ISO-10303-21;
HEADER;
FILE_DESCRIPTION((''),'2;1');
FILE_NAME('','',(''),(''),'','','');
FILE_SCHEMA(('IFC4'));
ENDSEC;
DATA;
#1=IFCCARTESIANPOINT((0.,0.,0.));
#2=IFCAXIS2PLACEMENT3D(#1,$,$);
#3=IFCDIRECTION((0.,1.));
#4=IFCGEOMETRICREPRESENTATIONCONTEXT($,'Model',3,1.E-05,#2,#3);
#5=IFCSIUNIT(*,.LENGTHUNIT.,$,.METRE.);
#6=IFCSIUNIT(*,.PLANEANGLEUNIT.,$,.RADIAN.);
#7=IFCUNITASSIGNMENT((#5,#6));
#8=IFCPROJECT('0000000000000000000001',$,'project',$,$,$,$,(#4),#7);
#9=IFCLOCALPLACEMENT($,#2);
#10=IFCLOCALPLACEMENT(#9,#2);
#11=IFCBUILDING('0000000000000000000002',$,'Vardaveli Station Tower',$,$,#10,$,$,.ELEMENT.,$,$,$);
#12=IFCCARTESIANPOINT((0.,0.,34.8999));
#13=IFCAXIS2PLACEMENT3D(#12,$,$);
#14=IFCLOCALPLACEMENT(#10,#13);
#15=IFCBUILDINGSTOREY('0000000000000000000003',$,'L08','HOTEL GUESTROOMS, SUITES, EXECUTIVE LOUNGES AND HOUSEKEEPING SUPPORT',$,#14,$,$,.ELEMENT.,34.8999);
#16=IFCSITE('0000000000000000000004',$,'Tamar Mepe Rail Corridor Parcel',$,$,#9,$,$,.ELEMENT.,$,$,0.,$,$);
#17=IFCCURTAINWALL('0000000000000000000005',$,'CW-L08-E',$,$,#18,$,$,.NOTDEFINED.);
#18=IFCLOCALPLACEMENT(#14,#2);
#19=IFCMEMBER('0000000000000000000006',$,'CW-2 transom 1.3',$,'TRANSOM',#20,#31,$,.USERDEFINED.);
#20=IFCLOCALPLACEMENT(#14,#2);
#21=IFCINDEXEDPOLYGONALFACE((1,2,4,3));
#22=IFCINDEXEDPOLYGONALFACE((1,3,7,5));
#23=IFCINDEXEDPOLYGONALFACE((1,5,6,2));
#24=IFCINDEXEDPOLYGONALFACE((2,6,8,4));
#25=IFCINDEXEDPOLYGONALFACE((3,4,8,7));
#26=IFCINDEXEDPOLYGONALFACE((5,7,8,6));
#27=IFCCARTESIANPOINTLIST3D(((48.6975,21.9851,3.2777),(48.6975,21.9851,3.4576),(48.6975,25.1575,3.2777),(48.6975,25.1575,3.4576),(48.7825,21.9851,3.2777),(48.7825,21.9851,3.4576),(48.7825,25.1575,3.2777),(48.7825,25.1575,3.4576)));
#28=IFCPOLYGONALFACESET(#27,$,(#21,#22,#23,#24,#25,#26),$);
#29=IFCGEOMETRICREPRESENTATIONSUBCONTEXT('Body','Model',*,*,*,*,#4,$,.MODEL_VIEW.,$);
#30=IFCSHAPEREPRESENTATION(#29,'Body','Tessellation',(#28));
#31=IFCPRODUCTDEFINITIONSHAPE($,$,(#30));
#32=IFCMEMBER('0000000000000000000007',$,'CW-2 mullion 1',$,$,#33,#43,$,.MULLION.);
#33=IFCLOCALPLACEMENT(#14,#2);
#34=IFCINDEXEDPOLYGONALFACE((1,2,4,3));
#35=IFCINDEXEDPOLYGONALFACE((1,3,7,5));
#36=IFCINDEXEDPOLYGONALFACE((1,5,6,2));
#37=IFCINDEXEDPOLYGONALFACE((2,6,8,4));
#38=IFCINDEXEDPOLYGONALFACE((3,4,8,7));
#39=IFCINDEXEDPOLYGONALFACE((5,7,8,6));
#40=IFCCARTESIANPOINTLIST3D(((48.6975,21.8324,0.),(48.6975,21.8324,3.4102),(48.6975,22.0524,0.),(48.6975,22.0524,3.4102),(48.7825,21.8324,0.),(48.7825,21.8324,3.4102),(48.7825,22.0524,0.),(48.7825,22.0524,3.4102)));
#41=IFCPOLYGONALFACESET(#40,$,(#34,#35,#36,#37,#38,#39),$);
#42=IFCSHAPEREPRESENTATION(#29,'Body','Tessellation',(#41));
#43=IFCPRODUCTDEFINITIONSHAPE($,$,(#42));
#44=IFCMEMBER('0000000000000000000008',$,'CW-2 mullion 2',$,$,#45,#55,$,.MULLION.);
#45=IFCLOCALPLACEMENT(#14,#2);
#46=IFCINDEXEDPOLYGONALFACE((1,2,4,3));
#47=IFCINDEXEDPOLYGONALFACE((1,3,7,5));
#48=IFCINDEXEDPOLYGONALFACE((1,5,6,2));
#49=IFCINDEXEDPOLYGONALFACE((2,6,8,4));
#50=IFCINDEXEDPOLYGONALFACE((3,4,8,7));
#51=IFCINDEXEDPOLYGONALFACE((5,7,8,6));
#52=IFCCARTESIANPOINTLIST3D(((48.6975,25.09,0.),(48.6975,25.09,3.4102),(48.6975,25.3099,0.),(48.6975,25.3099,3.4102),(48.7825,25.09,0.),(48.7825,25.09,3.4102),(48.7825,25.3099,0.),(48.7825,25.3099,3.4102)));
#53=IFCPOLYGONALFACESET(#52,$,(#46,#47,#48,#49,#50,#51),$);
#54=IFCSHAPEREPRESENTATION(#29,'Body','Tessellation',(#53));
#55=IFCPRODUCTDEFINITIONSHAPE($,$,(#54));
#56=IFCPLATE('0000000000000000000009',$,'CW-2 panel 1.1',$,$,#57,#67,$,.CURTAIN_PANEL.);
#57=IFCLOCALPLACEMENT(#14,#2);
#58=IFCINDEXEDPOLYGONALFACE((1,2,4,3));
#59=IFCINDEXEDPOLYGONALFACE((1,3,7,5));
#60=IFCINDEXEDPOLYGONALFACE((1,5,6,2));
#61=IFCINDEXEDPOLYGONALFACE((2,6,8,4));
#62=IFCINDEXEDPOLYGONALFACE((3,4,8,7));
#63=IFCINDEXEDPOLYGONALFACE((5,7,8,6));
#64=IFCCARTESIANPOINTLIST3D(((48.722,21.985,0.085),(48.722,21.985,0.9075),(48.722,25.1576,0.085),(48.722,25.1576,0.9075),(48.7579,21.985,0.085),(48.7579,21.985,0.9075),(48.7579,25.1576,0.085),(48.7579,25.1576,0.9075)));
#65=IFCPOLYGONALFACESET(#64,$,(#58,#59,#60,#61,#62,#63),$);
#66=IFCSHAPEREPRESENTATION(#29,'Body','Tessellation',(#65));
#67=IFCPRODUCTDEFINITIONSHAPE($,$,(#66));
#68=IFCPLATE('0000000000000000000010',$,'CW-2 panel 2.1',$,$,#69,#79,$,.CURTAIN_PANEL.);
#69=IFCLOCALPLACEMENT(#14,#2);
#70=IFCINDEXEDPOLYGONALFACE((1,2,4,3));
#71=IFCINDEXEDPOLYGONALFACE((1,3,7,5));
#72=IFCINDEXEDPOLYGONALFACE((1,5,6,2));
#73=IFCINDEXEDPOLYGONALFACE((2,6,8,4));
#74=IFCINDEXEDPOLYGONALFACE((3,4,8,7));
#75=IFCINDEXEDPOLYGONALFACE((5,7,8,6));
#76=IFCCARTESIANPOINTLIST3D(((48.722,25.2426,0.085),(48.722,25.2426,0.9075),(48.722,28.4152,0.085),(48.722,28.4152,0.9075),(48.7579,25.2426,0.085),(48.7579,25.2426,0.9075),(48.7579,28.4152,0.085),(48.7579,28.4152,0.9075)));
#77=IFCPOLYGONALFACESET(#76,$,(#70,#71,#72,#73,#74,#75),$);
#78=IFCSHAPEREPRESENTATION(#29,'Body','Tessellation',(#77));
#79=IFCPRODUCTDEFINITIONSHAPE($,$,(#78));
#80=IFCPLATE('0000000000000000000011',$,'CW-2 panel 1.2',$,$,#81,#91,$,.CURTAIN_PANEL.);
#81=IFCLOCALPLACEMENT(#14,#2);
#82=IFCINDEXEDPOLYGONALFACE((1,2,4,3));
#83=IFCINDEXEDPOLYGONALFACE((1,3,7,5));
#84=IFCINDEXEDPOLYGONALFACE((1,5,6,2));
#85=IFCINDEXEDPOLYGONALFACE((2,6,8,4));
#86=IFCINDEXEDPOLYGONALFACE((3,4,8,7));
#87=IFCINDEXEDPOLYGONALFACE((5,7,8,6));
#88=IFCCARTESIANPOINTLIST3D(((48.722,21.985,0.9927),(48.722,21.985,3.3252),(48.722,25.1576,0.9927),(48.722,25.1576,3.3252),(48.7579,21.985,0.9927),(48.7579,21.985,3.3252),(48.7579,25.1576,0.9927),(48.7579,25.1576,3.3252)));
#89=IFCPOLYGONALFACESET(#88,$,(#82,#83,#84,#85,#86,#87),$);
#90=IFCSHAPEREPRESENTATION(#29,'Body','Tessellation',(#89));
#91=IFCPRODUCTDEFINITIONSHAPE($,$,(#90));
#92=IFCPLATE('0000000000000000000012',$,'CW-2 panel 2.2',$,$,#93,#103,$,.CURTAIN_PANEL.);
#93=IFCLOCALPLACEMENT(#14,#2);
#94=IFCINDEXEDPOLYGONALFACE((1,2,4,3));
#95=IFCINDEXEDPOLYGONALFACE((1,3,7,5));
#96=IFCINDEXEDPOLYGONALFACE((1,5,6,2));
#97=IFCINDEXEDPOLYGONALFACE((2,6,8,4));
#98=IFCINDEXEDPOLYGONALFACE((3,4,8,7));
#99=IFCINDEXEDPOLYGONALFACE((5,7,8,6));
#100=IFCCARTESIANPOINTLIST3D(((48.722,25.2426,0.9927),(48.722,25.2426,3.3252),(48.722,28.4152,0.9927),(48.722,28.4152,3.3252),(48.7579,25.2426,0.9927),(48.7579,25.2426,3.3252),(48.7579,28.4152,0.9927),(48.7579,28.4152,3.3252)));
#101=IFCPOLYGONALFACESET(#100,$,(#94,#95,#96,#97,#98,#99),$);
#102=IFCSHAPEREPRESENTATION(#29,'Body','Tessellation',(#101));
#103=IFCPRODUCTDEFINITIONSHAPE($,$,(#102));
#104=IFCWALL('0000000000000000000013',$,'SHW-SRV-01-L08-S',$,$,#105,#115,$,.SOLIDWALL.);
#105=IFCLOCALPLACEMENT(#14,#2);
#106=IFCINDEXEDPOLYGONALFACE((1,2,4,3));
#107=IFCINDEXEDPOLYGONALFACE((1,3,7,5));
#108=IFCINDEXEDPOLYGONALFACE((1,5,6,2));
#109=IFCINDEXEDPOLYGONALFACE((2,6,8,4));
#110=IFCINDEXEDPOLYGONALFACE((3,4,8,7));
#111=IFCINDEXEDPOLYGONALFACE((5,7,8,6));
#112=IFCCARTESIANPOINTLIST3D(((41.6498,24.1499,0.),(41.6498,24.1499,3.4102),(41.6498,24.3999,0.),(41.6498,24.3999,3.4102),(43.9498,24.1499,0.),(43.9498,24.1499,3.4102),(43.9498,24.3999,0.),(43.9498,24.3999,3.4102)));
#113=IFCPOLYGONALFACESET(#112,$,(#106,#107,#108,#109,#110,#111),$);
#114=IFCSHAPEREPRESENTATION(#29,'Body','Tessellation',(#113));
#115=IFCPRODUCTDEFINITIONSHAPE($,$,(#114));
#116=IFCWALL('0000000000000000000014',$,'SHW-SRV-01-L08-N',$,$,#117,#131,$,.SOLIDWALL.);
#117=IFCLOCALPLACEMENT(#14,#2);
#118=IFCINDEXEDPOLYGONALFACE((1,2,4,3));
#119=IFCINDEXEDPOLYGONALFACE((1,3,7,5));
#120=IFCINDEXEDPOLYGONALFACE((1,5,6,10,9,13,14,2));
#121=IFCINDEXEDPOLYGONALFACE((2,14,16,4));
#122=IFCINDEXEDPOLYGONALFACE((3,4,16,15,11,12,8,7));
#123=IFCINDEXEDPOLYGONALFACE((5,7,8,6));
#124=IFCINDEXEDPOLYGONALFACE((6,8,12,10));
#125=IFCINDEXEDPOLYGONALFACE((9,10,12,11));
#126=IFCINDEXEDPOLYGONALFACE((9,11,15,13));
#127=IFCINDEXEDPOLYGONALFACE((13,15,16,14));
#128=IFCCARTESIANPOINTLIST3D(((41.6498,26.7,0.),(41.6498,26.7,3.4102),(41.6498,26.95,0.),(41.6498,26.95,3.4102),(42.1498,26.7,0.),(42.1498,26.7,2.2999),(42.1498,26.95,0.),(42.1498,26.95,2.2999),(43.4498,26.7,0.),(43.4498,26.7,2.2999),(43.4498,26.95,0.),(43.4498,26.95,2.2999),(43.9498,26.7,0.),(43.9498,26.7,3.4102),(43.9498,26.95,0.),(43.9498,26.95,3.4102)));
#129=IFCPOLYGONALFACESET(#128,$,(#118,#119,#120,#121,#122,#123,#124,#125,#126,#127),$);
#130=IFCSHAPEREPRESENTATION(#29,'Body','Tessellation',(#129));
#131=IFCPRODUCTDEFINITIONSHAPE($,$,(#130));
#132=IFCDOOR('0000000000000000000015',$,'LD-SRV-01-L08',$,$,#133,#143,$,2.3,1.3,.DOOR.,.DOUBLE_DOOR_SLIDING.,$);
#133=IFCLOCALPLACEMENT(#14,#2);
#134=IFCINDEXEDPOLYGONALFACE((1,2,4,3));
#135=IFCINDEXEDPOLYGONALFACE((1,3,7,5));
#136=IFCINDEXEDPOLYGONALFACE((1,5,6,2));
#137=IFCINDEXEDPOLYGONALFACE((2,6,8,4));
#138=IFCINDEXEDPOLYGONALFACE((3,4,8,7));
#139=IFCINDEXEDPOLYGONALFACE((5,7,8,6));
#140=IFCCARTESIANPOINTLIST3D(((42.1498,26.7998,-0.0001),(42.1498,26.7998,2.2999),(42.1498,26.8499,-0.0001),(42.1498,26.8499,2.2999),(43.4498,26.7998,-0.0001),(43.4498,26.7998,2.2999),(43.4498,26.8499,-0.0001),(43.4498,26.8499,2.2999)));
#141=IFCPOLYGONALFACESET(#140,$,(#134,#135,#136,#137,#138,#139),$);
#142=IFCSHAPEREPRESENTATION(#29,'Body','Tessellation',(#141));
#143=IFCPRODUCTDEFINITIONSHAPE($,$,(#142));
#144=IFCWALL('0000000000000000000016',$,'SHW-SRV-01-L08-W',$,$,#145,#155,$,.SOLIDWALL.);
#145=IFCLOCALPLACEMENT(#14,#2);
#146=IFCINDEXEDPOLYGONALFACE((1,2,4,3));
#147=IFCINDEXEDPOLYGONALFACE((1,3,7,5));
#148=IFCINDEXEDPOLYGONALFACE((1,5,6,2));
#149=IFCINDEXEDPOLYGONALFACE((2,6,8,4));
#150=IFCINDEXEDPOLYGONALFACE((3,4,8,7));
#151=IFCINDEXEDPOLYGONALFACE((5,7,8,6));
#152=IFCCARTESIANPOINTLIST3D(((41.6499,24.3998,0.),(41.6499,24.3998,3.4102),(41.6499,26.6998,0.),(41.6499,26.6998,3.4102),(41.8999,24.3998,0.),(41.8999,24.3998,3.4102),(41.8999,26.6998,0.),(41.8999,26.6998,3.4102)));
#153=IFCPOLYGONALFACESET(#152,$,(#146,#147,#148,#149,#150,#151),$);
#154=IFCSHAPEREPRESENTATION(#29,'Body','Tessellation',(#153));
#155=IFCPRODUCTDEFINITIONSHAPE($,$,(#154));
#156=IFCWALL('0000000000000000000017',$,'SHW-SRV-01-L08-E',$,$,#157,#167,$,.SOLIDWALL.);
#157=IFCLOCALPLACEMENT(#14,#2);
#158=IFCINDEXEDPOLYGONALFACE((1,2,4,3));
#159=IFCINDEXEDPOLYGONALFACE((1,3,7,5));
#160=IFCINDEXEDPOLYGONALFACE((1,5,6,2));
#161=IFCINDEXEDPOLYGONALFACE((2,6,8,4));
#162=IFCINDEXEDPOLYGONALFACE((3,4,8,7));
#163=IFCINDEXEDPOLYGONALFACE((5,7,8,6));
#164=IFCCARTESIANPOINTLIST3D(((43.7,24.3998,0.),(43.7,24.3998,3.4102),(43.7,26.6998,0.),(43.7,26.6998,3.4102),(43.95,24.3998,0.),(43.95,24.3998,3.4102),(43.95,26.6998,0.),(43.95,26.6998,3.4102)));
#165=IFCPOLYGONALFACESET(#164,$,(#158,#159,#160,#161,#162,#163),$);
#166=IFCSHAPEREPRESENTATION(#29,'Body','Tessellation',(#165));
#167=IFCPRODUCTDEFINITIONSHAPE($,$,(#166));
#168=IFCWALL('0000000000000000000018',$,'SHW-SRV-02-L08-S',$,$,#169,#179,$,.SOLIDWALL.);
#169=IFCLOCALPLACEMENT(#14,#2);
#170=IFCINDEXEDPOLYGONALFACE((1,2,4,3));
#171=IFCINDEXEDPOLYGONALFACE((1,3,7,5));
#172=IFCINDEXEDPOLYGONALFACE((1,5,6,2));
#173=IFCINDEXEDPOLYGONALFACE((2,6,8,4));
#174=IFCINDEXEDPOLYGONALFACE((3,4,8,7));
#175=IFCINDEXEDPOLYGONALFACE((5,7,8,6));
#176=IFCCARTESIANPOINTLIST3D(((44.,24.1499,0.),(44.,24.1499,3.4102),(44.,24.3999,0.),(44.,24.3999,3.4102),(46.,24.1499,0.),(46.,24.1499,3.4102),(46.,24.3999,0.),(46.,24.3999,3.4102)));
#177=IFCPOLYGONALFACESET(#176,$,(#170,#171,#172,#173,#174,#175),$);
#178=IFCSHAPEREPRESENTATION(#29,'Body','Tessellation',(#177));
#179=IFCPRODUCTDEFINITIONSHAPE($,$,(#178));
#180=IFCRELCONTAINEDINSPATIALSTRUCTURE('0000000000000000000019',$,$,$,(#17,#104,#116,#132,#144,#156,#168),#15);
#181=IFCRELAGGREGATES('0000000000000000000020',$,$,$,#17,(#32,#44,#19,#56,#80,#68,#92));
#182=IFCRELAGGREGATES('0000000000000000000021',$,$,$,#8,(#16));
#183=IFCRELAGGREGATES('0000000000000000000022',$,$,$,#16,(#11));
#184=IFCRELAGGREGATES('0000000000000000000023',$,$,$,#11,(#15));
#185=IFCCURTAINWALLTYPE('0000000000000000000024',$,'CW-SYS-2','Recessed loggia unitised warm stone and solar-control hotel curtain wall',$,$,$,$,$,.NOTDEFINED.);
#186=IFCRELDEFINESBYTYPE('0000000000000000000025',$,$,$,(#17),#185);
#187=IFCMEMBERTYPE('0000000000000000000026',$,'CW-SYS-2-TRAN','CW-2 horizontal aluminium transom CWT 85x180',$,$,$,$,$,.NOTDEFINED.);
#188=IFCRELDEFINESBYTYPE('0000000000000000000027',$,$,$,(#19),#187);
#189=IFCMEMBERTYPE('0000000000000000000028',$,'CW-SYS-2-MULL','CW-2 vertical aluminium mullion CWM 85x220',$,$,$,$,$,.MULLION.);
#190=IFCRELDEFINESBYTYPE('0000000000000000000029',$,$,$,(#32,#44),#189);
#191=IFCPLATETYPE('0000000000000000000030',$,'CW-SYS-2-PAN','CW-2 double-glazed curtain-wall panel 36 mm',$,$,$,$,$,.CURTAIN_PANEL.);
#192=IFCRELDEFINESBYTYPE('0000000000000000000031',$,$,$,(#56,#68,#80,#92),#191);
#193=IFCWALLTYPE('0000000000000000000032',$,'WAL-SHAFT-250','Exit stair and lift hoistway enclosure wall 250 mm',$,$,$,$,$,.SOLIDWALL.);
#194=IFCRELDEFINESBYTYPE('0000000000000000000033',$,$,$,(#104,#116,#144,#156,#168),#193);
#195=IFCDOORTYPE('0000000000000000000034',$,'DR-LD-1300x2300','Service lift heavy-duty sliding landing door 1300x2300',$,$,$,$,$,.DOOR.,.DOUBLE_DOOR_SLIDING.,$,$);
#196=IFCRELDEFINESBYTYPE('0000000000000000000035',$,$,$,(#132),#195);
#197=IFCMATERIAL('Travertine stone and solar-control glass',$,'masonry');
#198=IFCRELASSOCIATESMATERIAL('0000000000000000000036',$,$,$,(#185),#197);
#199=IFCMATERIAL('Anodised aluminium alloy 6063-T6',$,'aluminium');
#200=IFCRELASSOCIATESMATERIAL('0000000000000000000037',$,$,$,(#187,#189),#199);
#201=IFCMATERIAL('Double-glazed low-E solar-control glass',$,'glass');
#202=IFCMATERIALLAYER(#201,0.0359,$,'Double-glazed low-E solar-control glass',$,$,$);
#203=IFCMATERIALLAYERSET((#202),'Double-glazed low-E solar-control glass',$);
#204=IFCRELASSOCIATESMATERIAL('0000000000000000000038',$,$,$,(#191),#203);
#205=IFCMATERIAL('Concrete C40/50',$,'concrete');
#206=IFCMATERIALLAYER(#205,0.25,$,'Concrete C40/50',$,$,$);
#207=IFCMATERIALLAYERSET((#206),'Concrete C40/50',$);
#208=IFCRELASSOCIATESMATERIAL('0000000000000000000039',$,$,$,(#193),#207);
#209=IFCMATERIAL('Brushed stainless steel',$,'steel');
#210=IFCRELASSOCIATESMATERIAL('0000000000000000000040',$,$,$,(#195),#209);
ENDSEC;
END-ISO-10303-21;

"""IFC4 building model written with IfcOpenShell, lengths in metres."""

from ifc_helpers import new_model, si_unit, direction, frame, frame_2d, origin, origin_2d, place, context, subcontext, project, spatial, rectangle, extrude, source, transform, mapped, material, layer, layer_set, material_profile, profile_set, type_object, element, fill, aggregate, save


model = new_model("IFC4")

# Units and contexts
model_context = context("Model", 3, precision=1e-05, world=origin(), true_north=direction((0.0, 1.0)))
body_context = subcontext(model_context, "Body", "Model", "MODEL_VIEW")
ifc_project = project(units=[si_unit("LENGTHUNIT", "METRE"), si_unit("PLANEANGLEUNIT", "RADIAN")], contexts=[model_context])

# Site, building, storey
site_placement = place(None, origin())
site = spatial("IfcSite", under=ifc_project, at=site_placement, Name="Tamar Mepe Rail Corridor Parcel", CompositionType="ELEMENT", RefElevation=0.0)
building_placement = place(site_placement, origin())
building = spatial("IfcBuilding", under=site, at=building_placement, Name="Vardaveli Station Tower", CompositionType="ELEMENT")
storey_placement = place(building_placement, frame((0.0, 0.0, 34.8999)))
storey = spatial("IfcBuildingStorey", under=building, at=storey_placement, Name="L08", Description="HOTEL GUESTROOMS, SUITES, EXECUTIVE LOUNGES AND HOUSEKEEPING SUPPORT", CompositionType="ELEMENT", Elevation=34.8999)

# Curtain wall, members, plates
ifc_material_1 = material(Name="Travertine stone and solar-control glass", Category="masonry")
curtain_wall_type = type_object("IfcCurtainWallType", Name="CW-SYS-2", Description="Recessed loggia unitised warm stone and solar-control hotel curtain wall", PredefinedType="NOTDEFINED", material=ifc_material_1)
curtain_wall_placement = place(storey_placement, origin())
curtain_wall = element("IfcCurtainWall", 1, at=curtain_wall_placement, inside=storey, type_object=curtain_wall_type, Name="CW-L08-E", PredefinedType="NOTDEFINED")
ifc_material_2 = material(Name="Anodised aluminium alloy 6063-T6", Category="aluminium")
ifc_material_profile_1 = material_profile(ifc_material_2, rectangle(XDim=0.085, YDim=0.1799, at=origin_2d()), Name="CWT 85x180")
ifc_profile_set_1 = profile_set([ifc_material_profile_1], Name="Anodised aluminium alloy 6063-T6")
member_type_1 = type_object("IfcMemberType", Name="CW-SYS-2-TRAN", Description="CW-2 horizontal aluminium transom CWT 85x180", PredefinedType="NOTDEFINED", material=ifc_profile_set_1)
shared_shape_1 = source(origin(), body_context, "Body", "SweptSolid", [
    extrude(rectangle(XDim=0.085, YDim=0.1799, at=origin_2d()), origin(), (0.0, 0.0, 1.0), 3.1724),
])
member_1_placement = place(storey_placement, frame((48.74, 21.9851, 3.3677), z_axis=(0.0, 1.0, 0.0), x_axis=(-1.0, 0.0, 0.0)))
member_1 = element("IfcMember", 2, at=member_1_placement, type_object=member_type_1, Name="CW-2 transom 1.3", ObjectType="TRANSOM", PredefinedType="USERDEFINED", context=body_context, shape_type="MappedRepresentation", body=[
    mapped(shared_shape_1, transform((0.0, 0.0, 0.0), scale=1.0)),
])
ifc_material_profile_2 = material_profile(ifc_material_2, rectangle(XDim=0.085, YDim=0.22, at=origin_2d()), Name="CWM 85x220")
ifc_profile_set_2 = profile_set([ifc_material_profile_2], Name="Anodised aluminium alloy 6063-T6")
member_type_2 = type_object("IfcMemberType", Name="CW-SYS-2-MULL", Description="CW-2 vertical aluminium mullion CWM 85x220", PredefinedType="MULLION", material=ifc_profile_set_2)
shared_shape_2 = source(origin(), body_context, "Body", "SweptSolid", [
    extrude(rectangle(XDim=0.085, YDim=0.22, at=origin_2d()), origin(), (0.0, 0.0, 1.0), 3.4102),
])
member_2_placement = place(storey_placement, frame((48.74, 21.9424, 0.0), z_axis=(0.0, 0.0, 1.0), x_axis=(-1.0, 0.0, 0.0)))
member_2 = element("IfcMember", 3, at=member_2_placement, type_object=member_type_2, Name="CW-2 mullion 1", PredefinedType="MULLION", context=body_context, shape_type="MappedRepresentation", body=[
    mapped(shared_shape_2, transform((0.0, 0.0, 0.0), scale=1.0)),
])
member_3_placement = place(storey_placement, frame((48.74, 25.2, 0.0), z_axis=(0.0, 0.0, 1.0), x_axis=(-1.0, 0.0, 0.0)))
member_3 = element("IfcMember", 4, at=member_3_placement, type_object=member_type_2, Name="CW-2 mullion 2", PredefinedType="MULLION", context=body_context, shape_type="MappedRepresentation", body=[
    mapped(shared_shape_2, transform((0.0, 0.0, 0.0), scale=1.0)),
])
ifc_material_3 = material(Name="Double-glazed low-E solar-control glass", Category="glass")
ifc_layer_1 = layer(ifc_material_3, 0.0359, Name="Double-glazed low-E solar-control glass")
ifc_layer_set_1 = layer_set([ifc_layer_1], Name="Double-glazed low-E solar-control glass")
plate_type = type_object("IfcPlateType", Name="CW-SYS-2-PAN", Description="CW-2 double-glazed curtain-wall panel 36 mm", PredefinedType="CURTAIN_PANEL", material=ifc_layer_set_1)
shared_shape_3 = source(origin(), body_context, "Body", "SweptSolid", [
    extrude(rectangle(XDim=3.1726, YDim=0.0359, at=origin_2d()), origin(), (0.0, 0.0, 1.0), 0.8225),
])
plate_1_placement = place(storey_placement, frame((48.74, 23.5713, 0.085), z_axis=(0.0, 0.0, 1.0), x_axis=(0.0, 1.0, 0.0)))
plate_1 = element("IfcPlate", 5, at=plate_1_placement, type_object=plate_type, Name="CW-2 panel 1.1", PredefinedType="CURTAIN_PANEL", context=body_context, shape_type="MappedRepresentation", body=[
    mapped(shared_shape_3, transform((0.0, 0.0, 0.0), scale=1.0)),
])
plate_2_placement = place(storey_placement, frame((48.74, 26.8289, 0.085), z_axis=(0.0, 0.0, 1.0), x_axis=(0.0, 1.0, 0.0)))
plate_2 = element("IfcPlate", 6, at=plate_2_placement, type_object=plate_type, Name="CW-2 panel 2.1", PredefinedType="CURTAIN_PANEL", context=body_context, shape_type="MappedRepresentation", body=[
    mapped(shared_shape_3, transform((0.0, 0.0, 0.0), scale=1.0)),
])
shared_shape_4 = source(origin(), body_context, "Body", "SweptSolid", [
    extrude(rectangle(XDim=3.1726, YDim=0.0359, at=origin_2d()), origin(), (0.0, 0.0, 1.0), 2.3325),
])
plate_3_placement = place(storey_placement, frame((48.74, 23.5713, 0.9927), z_axis=(0.0, 0.0, 1.0), x_axis=(0.0, 1.0, 0.0)))
plate_3 = element("IfcPlate", 7, at=plate_3_placement, type_object=plate_type, Name="CW-2 panel 1.2", PredefinedType="CURTAIN_PANEL", context=body_context, shape_type="MappedRepresentation", body=[
    mapped(shared_shape_4, transform((0.0, 0.0, 0.0), scale=1.0)),
])
plate_4_placement = place(storey_placement, frame((48.74, 26.8289, 0.9927), z_axis=(0.0, 0.0, 1.0), x_axis=(0.0, 1.0, 0.0)))
plate_4 = element("IfcPlate", 8, at=plate_4_placement, type_object=plate_type, Name="CW-2 panel 2.2", PredefinedType="CURTAIN_PANEL", context=body_context, shape_type="MappedRepresentation", body=[
    mapped(shared_shape_4, transform((0.0, 0.0, 0.0), scale=1.0)),
])
aggregate(curtain_wall, [member_2, member_3, member_1, plate_1, plate_3, plate_2, plate_4])

# Wall
ifc_material_4 = material(Name="Concrete C40/50", Category="concrete")
ifc_layer_2 = layer(ifc_material_4, 0.25, Name="Concrete C40/50")
ifc_layer_set_2 = layer_set([ifc_layer_2], Name="Concrete C40/50")
wall_type = type_object("IfcWallType", Name="WAL-SHAFT-250", Description="Exit stair and lift hoistway enclosure wall 250 mm", PredefinedType="SOLIDWALL", material=ifc_layer_set_2)
shared_shape_5 = source(origin(), body_context, "Body", "SweptSolid", [
    extrude(rectangle(XDim=2.3, YDim=0.25, at=frame_2d((1.1499, 0.0))), origin(), (0.0, 0.0, 1.0), 3.4102),
])
wall_1_placement = place(storey_placement, frame((41.6499, 24.2749, 0.0), z_axis=(0.0, 0.0, 1.0), x_axis=(1.0, 0.0, 0.0)))
element("IfcWall", 9, at=wall_1_placement, inside=storey, type_object=wall_type, Name="SHW-SRV-01-L08-S", PredefinedType="SOLIDWALL", context=body_context, shape_type="MappedRepresentation", body=[
    mapped(shared_shape_5, transform((0.0, 0.0, 0.0), scale=1.0)),
])

# Wall, opening, door
wall_2_placement = place(storey_placement, frame((41.6499, 26.825, 0.0), z_axis=(0.0, 0.0, 1.0), x_axis=(1.0, 0.0, 0.0)))
wall_2 = element("IfcWall", 10, at=wall_2_placement, inside=storey, type_object=wall_type, Name="SHW-SRV-01-L08-N", PredefinedType="SOLIDWALL", context=body_context, shape_type="MappedRepresentation", body=[
    mapped(shared_shape_5, transform((0.0, 0.0, 0.0), scale=1.0)),
])
shared_shape_6 = source(origin(), body_context, "Body", "SweptSolid", [
    extrude(rectangle(XDim=1.3, YDim=2.3, at=frame_2d((0.6499, 1.1499))), frame((0.0, 0.135, 0.0), z_axis=(0.0, -1.0, 0.0), x_axis=(1.0, 0.0, 0.0)), (0.0, 0.0, 1.0), 0.27),
])
opening_1_placement = place(wall_2_placement, frame((0.5, 0.0, 0.0)))
opening_1 = element("IfcOpeningElement", 11, at=opening_1_placement, cuts=wall_2, PredefinedType="OPENING", context=body_context, shape_type="MappedRepresentation", body=[
    mapped(shared_shape_6, transform((0.0, 0.0, 0.0), scale=1.0)),
])
ifc_material_5 = material(Name="Brushed stainless steel", Category="steel")
door_type = type_object("IfcDoorType", Name="DR-LD-1300x2300", Description="Service lift heavy-duty sliding landing door 1300x2300", OperationType="DOUBLE_DOOR_SLIDING", PredefinedType="DOOR", material=ifc_material_5)
shared_shape_7 = source(origin(), body_context, "Body", "SweptSolid", [
    extrude(rectangle(XDim=1.3, YDim=2.3, at=frame_2d((0.6499, 1.1499))), frame((0.0, 0.0249, 0.0), z_axis=(0.0, -1.0, 0.0), x_axis=(1.0, 0.0, 0.0)), (0.0, 0.0, 1.0), 0.05),
])
door_1_placement = place(opening_1_placement, origin())
door_1 = element("IfcDoor", 12, at=door_1_placement, inside=storey, type_object=door_type, Name="LD-SRV-01-L08", OperationType="DOUBLE_DOOR_SLIDING", OverallHeight=2.3, OverallWidth=1.3, PredefinedType="DOOR", context=body_context, shape_type="MappedRepresentation", body=[
    mapped(shared_shape_7, transform((0.0, 0.0, 0.0), scale=1.0)),
])
fill(opening_1, door_1)

# Walls
for number, where, z_axis, x_axis, name in (
    (13, (41.7749, 24.3999, 0.0), (0.0, 0.0, 1.0), (0.0, 1.0, 0.0), "SHW-SRV-01-L08-W"),
    (14, (43.825, 24.3999, 0.0), (0.0, 0.0, 1.0), (0.0, 1.0, 0.0), "SHW-SRV-01-L08-E"),
):
    element("IfcWall", number, at=place(storey_placement, frame(where, z_axis=z_axis, x_axis=x_axis)), inside=storey, type_object=wall_type, Name=name, PredefinedType="SOLIDWALL", context=body_context, shape_type="MappedRepresentation", body=[
        mapped(shared_shape_5, transform((0.0, 0.0, 0.0), scale=1.0)),
    ])
shared_shape_8 = source(origin(), body_context, "Body", "SweptSolid", [
    extrude(rectangle(XDim=2.0, YDim=0.25, at=frame_2d((1.0, 0.0))), origin(), (0.0, 0.0, 1.0), 3.4102),
])
wall_3_placement = place(storey_placement, frame((44.0, 24.2749, 0.0), z_axis=(0.0, 0.0, 1.0), x_axis=(1.0, 0.0, 0.0)))
element("IfcWall", 15, at=wall_3_placement, inside=storey, type_object=wall_type, Name="SHW-SRV-02-L08-S", PredefinedType="SOLIDWALL", context=body_context, shape_type="MappedRepresentation", body=[
    mapped(shared_shape_8, transform((0.0, 0.0, 0.0), scale=1.0)),
])

save(model, "model.ifc")
